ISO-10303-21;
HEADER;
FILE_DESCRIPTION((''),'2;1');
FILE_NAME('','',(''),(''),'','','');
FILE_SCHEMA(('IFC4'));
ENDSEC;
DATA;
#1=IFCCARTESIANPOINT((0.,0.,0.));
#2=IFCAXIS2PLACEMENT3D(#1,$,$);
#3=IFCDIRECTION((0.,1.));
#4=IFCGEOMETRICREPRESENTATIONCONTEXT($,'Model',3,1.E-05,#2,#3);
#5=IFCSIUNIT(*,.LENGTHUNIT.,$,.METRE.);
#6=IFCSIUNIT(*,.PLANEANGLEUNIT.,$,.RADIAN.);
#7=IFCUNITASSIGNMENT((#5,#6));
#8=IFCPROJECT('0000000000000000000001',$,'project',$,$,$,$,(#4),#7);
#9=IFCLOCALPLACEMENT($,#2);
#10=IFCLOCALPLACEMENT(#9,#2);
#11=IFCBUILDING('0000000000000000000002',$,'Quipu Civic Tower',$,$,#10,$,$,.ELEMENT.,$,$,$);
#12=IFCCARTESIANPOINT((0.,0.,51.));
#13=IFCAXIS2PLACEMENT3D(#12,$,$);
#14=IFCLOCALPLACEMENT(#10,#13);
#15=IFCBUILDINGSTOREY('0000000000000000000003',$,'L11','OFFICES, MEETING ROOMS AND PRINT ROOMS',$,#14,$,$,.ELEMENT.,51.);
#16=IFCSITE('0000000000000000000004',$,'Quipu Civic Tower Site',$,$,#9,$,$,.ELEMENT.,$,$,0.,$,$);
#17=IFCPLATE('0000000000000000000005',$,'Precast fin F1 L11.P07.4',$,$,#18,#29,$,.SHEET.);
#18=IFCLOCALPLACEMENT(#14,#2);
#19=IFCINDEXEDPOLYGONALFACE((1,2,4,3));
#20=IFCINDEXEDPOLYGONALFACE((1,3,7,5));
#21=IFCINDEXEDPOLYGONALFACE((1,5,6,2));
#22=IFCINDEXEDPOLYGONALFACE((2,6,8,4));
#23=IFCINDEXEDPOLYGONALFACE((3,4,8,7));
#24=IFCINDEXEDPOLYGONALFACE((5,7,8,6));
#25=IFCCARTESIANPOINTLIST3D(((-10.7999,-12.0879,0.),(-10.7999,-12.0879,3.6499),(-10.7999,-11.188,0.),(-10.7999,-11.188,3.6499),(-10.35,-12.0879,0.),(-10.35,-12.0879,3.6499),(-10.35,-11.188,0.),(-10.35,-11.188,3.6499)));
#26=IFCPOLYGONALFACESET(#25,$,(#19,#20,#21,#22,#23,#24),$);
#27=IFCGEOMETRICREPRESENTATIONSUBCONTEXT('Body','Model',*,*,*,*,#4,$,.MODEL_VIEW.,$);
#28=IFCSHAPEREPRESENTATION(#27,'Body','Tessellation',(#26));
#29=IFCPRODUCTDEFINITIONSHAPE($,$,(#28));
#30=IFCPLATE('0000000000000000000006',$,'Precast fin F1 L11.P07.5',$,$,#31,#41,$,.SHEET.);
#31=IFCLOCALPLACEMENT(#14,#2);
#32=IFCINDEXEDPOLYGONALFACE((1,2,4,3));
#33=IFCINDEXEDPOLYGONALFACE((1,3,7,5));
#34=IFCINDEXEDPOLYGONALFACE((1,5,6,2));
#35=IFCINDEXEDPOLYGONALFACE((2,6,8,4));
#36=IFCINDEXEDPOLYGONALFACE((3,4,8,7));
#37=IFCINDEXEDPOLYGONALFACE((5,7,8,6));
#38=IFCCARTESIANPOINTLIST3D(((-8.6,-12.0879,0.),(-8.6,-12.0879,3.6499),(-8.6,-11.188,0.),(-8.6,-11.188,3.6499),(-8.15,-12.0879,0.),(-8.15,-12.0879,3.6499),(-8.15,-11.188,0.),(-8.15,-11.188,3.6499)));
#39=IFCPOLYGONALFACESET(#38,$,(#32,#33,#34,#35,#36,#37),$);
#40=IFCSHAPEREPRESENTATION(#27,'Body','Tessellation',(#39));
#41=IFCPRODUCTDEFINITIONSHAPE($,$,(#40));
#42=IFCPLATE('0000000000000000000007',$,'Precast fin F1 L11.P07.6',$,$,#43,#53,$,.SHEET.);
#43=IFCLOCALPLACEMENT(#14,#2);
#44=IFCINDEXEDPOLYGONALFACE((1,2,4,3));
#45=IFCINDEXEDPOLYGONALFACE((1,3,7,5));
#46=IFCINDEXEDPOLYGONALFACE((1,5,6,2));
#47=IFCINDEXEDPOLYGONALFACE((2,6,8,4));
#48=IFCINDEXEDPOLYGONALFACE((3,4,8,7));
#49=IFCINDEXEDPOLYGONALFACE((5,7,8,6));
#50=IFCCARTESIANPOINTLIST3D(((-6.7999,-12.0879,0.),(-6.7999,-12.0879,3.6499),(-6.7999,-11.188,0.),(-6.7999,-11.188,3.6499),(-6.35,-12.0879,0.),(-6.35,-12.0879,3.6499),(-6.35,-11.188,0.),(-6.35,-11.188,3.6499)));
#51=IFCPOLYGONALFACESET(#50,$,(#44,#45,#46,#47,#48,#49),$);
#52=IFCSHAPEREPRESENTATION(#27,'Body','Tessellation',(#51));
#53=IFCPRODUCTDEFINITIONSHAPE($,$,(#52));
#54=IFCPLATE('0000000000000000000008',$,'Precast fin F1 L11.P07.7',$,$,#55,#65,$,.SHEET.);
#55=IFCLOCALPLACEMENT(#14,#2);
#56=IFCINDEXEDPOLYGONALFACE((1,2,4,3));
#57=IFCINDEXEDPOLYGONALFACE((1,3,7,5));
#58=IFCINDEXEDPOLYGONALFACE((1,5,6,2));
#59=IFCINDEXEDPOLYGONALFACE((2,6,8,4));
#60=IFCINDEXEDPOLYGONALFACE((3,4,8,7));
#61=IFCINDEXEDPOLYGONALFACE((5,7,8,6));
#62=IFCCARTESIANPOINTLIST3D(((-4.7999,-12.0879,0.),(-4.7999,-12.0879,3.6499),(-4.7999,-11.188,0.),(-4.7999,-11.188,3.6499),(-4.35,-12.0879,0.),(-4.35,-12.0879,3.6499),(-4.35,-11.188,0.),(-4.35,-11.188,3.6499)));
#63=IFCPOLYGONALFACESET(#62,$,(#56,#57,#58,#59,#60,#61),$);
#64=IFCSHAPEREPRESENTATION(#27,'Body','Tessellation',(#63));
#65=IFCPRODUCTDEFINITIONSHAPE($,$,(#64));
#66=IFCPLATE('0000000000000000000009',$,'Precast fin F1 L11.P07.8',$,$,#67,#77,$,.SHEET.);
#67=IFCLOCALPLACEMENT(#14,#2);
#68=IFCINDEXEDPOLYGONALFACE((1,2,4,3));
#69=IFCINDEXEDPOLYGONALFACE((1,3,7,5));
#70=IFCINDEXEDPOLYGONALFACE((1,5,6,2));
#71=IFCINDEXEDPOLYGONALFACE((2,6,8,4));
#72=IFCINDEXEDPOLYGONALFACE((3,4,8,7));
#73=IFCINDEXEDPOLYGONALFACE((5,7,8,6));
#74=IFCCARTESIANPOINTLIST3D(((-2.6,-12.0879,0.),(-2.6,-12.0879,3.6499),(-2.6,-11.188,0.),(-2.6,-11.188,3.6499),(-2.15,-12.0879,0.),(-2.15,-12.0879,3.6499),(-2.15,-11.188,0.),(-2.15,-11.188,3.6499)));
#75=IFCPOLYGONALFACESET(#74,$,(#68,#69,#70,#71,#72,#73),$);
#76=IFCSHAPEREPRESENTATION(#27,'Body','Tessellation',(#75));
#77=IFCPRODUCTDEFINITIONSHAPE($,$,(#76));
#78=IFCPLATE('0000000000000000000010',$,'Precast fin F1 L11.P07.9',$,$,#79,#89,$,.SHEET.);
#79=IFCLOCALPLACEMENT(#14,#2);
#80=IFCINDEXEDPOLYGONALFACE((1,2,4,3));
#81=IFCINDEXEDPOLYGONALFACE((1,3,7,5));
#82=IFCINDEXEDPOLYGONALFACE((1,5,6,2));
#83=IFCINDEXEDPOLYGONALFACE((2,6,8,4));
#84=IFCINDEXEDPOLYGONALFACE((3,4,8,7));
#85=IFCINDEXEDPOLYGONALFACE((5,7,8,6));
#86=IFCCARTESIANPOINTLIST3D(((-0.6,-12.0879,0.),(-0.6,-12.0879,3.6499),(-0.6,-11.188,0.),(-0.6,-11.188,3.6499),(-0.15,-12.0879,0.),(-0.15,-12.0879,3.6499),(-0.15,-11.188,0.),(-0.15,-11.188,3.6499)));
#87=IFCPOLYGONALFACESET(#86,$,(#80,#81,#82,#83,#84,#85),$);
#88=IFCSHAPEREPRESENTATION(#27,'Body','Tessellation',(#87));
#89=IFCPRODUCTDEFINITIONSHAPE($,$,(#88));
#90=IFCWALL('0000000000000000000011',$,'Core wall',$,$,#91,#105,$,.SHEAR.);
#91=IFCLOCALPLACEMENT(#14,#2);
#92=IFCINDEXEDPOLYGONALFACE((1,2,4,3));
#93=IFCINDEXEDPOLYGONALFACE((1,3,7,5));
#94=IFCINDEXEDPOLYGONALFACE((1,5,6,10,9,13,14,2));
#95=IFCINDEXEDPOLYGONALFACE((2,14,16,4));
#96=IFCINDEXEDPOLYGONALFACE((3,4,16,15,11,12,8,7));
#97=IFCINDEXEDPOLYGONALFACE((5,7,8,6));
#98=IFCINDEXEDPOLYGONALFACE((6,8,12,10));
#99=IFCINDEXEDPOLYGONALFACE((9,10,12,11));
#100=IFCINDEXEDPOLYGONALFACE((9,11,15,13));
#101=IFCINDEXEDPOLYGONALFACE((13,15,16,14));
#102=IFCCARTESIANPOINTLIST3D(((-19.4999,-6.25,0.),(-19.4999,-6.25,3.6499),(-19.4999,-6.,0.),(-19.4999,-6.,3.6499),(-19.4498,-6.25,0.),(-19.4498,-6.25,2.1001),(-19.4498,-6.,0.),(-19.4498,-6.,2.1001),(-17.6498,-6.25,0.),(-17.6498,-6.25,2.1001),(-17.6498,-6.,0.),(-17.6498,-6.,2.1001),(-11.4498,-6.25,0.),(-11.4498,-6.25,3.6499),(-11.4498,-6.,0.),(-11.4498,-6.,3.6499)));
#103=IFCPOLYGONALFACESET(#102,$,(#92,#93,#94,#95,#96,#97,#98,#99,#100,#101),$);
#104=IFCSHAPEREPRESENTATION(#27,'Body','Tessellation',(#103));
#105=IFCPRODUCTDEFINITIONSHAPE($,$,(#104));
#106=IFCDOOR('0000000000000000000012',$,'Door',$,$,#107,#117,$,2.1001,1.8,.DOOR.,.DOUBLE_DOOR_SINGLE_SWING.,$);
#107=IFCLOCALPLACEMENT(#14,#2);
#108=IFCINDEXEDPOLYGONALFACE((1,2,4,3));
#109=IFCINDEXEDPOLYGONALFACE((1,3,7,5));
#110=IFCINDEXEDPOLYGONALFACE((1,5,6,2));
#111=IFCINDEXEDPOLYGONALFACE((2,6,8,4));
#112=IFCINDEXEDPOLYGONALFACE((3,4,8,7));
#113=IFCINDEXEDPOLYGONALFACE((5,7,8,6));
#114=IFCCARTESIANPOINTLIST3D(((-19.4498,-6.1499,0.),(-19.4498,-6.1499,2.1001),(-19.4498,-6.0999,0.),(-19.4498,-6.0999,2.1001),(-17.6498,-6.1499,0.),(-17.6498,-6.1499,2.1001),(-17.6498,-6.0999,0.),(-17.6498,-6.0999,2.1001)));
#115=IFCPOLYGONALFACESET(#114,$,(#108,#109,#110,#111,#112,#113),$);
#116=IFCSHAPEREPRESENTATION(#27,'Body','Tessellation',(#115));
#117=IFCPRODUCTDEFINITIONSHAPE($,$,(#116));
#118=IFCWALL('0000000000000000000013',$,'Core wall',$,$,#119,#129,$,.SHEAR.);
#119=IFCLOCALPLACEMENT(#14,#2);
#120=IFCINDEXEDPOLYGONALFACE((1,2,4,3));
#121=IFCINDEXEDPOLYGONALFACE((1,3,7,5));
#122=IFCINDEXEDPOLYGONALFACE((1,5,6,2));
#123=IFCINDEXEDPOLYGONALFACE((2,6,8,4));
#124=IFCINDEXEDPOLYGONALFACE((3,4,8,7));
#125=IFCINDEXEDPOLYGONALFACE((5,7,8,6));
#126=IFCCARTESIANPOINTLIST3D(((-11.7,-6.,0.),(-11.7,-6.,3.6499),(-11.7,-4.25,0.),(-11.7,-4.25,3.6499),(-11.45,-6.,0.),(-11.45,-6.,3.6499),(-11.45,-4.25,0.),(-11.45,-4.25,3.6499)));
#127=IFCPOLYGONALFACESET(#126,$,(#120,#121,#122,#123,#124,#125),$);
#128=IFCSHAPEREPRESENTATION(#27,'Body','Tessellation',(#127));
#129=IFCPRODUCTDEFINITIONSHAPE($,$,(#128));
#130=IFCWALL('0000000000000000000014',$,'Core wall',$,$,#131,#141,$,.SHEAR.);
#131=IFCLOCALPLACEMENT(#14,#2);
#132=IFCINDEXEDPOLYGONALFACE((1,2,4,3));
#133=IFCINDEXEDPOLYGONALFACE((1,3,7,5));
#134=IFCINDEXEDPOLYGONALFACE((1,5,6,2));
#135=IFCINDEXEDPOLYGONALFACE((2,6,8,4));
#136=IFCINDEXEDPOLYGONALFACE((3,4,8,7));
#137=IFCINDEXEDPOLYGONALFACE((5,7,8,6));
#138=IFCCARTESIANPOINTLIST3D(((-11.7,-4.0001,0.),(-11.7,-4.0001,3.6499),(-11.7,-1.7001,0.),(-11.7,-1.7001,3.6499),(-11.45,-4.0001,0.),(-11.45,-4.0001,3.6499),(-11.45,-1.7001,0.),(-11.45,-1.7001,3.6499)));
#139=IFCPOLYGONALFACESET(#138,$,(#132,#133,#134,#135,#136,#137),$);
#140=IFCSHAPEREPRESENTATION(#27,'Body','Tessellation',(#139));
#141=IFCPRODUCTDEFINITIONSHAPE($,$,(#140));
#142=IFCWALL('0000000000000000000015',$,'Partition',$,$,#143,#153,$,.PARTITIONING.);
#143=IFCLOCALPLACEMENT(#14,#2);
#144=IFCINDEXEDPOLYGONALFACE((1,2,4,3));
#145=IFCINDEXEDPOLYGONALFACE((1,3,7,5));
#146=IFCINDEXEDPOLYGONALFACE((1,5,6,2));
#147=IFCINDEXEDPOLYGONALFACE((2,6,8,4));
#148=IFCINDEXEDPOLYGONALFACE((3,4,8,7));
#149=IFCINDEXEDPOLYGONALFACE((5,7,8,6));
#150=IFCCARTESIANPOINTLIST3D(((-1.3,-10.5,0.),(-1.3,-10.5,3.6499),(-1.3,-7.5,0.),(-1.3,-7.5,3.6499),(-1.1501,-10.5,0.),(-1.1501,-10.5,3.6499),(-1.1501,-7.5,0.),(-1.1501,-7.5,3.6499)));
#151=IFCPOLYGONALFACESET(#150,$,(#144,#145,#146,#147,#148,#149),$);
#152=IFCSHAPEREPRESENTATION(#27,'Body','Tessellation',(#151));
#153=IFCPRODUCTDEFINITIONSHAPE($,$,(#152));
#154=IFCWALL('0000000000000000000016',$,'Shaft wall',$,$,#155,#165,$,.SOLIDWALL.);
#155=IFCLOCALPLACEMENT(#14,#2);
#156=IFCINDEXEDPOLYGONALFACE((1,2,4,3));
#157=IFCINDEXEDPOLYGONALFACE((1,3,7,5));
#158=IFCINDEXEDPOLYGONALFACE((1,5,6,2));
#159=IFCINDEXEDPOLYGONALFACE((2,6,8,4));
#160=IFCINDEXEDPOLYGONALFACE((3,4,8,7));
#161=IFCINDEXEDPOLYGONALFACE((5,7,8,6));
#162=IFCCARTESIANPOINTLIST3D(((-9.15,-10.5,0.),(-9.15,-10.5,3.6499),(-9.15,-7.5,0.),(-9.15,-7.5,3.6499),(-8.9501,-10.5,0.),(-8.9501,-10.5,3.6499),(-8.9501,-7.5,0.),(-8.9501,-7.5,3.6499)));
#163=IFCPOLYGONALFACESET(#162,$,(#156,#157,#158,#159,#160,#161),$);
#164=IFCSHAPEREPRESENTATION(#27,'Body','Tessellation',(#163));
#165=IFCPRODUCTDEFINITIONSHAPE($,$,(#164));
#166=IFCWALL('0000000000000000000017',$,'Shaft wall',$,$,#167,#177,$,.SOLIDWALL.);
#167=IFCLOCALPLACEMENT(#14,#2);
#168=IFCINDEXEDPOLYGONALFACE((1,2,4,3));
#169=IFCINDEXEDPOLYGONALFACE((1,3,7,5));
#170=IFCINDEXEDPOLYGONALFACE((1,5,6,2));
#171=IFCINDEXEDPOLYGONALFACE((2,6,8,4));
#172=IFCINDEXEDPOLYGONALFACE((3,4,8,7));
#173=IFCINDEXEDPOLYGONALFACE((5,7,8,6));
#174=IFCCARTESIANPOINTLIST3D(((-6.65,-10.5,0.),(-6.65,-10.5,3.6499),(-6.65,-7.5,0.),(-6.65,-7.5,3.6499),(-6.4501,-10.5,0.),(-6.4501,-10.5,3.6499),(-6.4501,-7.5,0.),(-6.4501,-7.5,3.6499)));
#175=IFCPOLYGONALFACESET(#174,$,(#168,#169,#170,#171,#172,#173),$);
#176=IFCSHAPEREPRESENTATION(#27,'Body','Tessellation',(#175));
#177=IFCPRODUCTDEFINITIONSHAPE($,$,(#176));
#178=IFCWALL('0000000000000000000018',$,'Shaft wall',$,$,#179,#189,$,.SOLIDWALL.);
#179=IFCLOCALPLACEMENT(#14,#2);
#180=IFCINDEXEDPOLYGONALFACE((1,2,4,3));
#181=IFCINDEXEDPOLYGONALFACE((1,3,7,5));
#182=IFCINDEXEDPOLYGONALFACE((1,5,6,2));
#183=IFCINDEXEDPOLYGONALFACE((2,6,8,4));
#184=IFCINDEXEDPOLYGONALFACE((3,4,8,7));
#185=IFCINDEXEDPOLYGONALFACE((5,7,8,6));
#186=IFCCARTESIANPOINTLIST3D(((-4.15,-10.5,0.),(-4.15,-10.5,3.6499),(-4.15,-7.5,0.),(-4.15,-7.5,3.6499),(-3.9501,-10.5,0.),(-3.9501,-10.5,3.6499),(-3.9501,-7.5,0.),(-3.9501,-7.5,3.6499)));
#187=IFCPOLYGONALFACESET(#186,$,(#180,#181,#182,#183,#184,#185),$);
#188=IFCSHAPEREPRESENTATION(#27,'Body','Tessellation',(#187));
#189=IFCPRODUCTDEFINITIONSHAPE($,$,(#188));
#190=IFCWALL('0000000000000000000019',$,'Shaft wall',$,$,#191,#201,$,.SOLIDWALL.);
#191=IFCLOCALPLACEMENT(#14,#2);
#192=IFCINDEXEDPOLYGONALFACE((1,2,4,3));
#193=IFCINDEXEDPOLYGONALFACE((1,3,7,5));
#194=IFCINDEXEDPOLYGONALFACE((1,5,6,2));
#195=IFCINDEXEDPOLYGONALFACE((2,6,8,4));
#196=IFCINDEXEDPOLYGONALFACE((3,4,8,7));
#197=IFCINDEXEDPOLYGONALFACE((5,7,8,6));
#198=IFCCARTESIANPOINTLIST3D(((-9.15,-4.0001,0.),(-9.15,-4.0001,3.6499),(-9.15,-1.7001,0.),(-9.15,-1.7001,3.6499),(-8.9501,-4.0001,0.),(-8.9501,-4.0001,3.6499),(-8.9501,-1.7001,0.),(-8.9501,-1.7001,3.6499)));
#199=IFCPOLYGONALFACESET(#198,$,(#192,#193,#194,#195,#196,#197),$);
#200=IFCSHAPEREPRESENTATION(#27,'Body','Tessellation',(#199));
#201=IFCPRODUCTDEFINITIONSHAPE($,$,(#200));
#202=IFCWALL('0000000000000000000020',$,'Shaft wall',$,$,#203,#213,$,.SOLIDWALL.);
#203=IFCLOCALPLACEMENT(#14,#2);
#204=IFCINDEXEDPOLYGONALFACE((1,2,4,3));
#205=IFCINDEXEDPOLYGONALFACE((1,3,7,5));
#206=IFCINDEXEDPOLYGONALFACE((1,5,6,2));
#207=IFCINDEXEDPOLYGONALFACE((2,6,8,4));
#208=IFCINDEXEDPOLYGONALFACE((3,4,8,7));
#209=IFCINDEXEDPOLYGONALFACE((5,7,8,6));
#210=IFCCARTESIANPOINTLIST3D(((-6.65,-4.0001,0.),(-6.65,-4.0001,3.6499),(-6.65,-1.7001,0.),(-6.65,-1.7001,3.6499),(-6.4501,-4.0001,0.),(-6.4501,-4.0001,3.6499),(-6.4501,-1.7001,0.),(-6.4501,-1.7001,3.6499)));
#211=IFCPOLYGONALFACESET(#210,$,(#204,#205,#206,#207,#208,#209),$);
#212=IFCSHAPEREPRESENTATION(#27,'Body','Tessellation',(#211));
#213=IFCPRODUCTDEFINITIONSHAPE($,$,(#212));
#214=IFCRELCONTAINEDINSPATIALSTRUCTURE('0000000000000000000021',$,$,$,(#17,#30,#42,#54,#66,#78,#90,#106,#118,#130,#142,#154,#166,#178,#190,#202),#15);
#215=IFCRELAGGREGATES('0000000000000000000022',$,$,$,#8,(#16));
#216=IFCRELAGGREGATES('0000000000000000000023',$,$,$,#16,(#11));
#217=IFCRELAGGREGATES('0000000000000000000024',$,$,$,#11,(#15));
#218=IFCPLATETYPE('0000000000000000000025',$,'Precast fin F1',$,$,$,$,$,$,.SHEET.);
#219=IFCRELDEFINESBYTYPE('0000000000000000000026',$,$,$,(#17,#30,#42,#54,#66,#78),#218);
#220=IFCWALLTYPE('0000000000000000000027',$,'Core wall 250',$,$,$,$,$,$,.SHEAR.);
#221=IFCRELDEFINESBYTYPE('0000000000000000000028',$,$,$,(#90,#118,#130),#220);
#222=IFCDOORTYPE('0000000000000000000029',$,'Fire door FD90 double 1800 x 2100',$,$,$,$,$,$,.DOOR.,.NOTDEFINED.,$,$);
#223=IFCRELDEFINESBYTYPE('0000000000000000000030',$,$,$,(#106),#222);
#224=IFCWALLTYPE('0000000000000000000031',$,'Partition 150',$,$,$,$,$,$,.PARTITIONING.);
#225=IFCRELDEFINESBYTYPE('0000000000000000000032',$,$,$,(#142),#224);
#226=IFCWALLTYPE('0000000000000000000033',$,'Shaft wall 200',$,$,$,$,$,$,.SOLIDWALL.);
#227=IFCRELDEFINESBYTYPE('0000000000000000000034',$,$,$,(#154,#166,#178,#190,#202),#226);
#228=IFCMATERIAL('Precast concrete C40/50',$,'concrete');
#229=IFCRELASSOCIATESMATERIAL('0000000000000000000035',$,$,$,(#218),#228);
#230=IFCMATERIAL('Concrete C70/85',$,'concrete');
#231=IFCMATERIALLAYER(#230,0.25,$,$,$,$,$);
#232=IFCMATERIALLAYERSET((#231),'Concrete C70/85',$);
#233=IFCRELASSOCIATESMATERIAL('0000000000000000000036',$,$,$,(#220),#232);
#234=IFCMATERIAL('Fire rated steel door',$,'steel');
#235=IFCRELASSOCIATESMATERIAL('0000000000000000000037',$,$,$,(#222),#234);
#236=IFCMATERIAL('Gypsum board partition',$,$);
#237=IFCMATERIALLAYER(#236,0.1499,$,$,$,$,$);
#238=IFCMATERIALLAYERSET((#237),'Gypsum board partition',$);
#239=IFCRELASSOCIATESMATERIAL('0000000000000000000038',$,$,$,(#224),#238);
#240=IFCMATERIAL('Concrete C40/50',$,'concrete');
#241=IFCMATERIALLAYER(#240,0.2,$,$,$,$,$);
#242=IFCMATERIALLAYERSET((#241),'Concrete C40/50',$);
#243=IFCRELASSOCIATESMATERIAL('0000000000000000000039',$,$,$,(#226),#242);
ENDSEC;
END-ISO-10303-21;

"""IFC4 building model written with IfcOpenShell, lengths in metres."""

from ifc_helpers import new_model, si_unit, direction, frame, frame_2d, origin, origin_2d, place, context, subcontext, project, spatial, rectangle, extrude, material, layer, layer_set, type_object, element, fill, save


model = new_model("IFC4")

# Units and contexts
model_context = context("Model", 3, precision=1e-05, world=origin(), true_north=direction((0.0, 1.0)))
body_context = subcontext(model_context, "Body", "Model", "MODEL_VIEW")
ifc_project = project(units=[si_unit("LENGTHUNIT", "METRE"), si_unit("PLANEANGLEUNIT", "RADIAN")], contexts=[model_context])

# Site, building, storey
site_placement = place(None, origin())
site = spatial("IfcSite", under=ifc_project, at=site_placement, Name="Quipu Civic Tower Site", CompositionType="ELEMENT", RefElevation=0.0)
building_placement = place(site_placement, origin())
building = spatial("IfcBuilding", under=site, at=building_placement, Name="Quipu Civic Tower", CompositionType="ELEMENT")
storey_placement = place(building_placement, frame((0.0, 0.0, 51.0)))
storey = spatial("IfcBuildingStorey", under=building, at=storey_placement, Name="L11", Description="OFFICES, MEETING ROOMS AND PRINT ROOMS", CompositionType="ELEMENT", Elevation=51.0)

# Plates
ifc_material_1 = material(Name="Precast concrete C40/50", Category="concrete")
plate_type = type_object("IfcPlateType", Name="Precast fin F1", PredefinedType="SHEET", material=ifc_material_1)
for number, where, z_axis, x_axis, name in (
    (1, (-10.575, -11.6379, 0.0), (0.0, 0.0, 1.0), (1.0, 0.0, 0.0), "Precast fin F1 L11.P07.4"),
    (2, (-8.375, -11.6379, 0.0), (0.0, 0.0, 1.0), (1.0, 0.0, 0.0), "Precast fin F1 L11.P07.5"),
    (3, (-6.575, -11.6379, 0.0), (0.0, 0.0, 1.0), (1.0, 0.0, 0.0), "Precast fin F1 L11.P07.6"),
    (4, (-4.575, -11.6379, 0.0), (0.0, 0.0, 1.0), (1.0, 0.0, 0.0), "Precast fin F1 L11.P07.7"),
    (5, (-2.375, -11.6379, 0.0), (0.0, 0.0, 1.0), (1.0, 0.0, 0.0), "Precast fin F1 L11.P07.8"),
    (6, (-0.375, -11.6379, 0.0), (0.0, 0.0, 1.0), (1.0, 0.0, 0.0), "Precast fin F1 L11.P07.9"),
):
    element("IfcPlate", number, at=place(storey_placement, frame(where, z_axis=z_axis, x_axis=x_axis)), inside=storey, type_object=plate_type, Name=name, PredefinedType="SHEET", context=body_context, shape_type="SweptSolid", body=[
        extrude(rectangle(XDim=0.45, YDim=0.8999, at=origin_2d()), origin(), (0.0, 0.0, 1.0), 3.6499),
    ])

# Wall, opening, door
ifc_material_2 = material(Name="Concrete C70/85", Category="concrete")
ifc_layer_1 = layer(ifc_material_2, 0.25)
ifc_layer_set_1 = layer_set([ifc_layer_1], Name="Concrete C70/85")
wall_type_1 = type_object("IfcWallType", Name="Core wall 250", PredefinedType="SHEAR", material=ifc_layer_set_1)
wall_1_placement = place(storey_placement, frame((-11.45, -6.125, 0.0), z_axis=(0.0, 0.0, 1.0), x_axis=(-1.0, 0.0, 0.0)))
wall_1 = element("IfcWall", 7, at=wall_1_placement, inside=storey, type_object=wall_type_1, Name="Core wall", PredefinedType="SHEAR", context=body_context, shape_type="SweptSolid", body=[
    extrude(rectangle(XDim=8.05, YDim=0.25, at=frame_2d((4.0249, 0.0))), origin(), (0.0, 0.0, 1.0), 3.6499),
])
opening_placement = place(wall_1_placement, frame((6.2, 0.0, 0.0)))
opening = element("IfcOpeningElement", 8, at=opening_placement, cuts=wall_1, PredefinedType="OPENING", context=body_context, shape_type="SweptSolid", body=[
    extrude(rectangle(XDim=1.8, YDim=2.1001, at=frame_2d((0.8999, 1.05))), frame((0.0, 0.135, 0.0), z_axis=(0.0, -1.0, 0.0), x_axis=(1.0, 0.0, 0.0)), (0.0, 0.0, 1.0), 0.27),
])
ifc_material_3 = material(Name="Fire rated steel door", Category="steel")
door_type = type_object("IfcDoorType", Name="Fire door FD90 double 1800 x 2100", OperationType="NOTDEFINED", PredefinedType="DOOR", material=ifc_material_3)
door_placement = place(opening_placement, origin())
door = element("IfcDoor", 9, at=door_placement, inside=storey, type_object=door_type, Name="Door", OperationType="DOUBLE_DOOR_SINGLE_SWING", OverallHeight=2.1001, OverallWidth=1.8, PredefinedType="DOOR", context=body_context, shape_type="SweptSolid", body=[
    extrude(rectangle(XDim=1.8, YDim=2.1001, at=frame_2d((0.8999, 1.05))), frame((0.0, 0.0249, 0.0), z_axis=(0.0, -1.0, 0.0), x_axis=(1.0, 0.0, 0.0)), (0.0, 0.0, 1.0), 0.05),
])
fill(opening, door)

# Walls
wall_2_placement = place(storey_placement, frame((-11.575, -6.0, 0.0), z_axis=(0.0, 0.0, 1.0), x_axis=(0.0, 1.0, 0.0)))
element("IfcWall", 10, at=wall_2_placement, inside=storey, type_object=wall_type_1, Name="Core wall", PredefinedType="SHEAR", context=body_context, shape_type="SweptSolid", body=[
    extrude(rectangle(XDim=1.75, YDim=0.25, at=frame_2d((0.875, 0.0))), origin(), (0.0, 0.0, 1.0), 3.6499),
])
wall_3_placement = place(storey_placement, frame((-11.575, -4.0, 0.0), z_axis=(0.0, 0.0, 1.0), x_axis=(0.0, 1.0, 0.0)))
element("IfcWall", 11, at=wall_3_placement, inside=storey, type_object=wall_type_1, Name="Core wall", PredefinedType="SHEAR", context=body_context, shape_type="SweptSolid", body=[
    extrude(rectangle(XDim=2.3, YDim=0.25, at=frame_2d((1.1499, 0.0))), origin(), (0.0, 0.0, 1.0), 3.6499),
])
ifc_material_4 = material(Name="Gypsum board partition")
ifc_layer_2 = layer(ifc_material_4, 0.1499)
ifc_layer_set_2 = layer_set([ifc_layer_2], Name="Gypsum board partition")
wall_type_2 = type_object("IfcWallType", Name="Partition 150", PredefinedType="PARTITIONING", material=ifc_layer_set_2)
wall_4_placement = place(storey_placement, frame((-1.2251, -10.5, 0.0), z_axis=(0.0, 0.0, 1.0), x_axis=(0.0, 1.0, 0.0)))
element("IfcWall", 12, at=wall_4_placement, inside=storey, type_object=wall_type_2, Name="Partition", PredefinedType="PARTITIONING", context=body_context, shape_type="SweptSolid", body=[
    extrude(rectangle(XDim=3.0, YDim=0.1499, at=frame_2d((1.5, 0.0))), origin(), (0.0, 0.0, 1.0), 3.6499),
])
ifc_material_5 = material(Name="Concrete C40/50", Category="concrete")
ifc_layer_3 = layer(ifc_material_5, 0.2)
ifc_layer_set_3 = layer_set([ifc_layer_3], Name="Concrete C40/50")
wall_type_3 = type_object("IfcWallType", Name="Shaft wall 200", PredefinedType="SOLIDWALL", material=ifc_layer_set_3)
for number, where, z_axis, x_axis, name in (
    (13, (-9.05, -10.5, 0.0), (0.0, 0.0, 1.0), (0.0, 1.0, 0.0), "Shaft wall"),
    (14, (-6.55, -10.5, 0.0), (0.0, 0.0, 1.0), (0.0, 1.0, 0.0), "Shaft wall"),
    (15, (-4.05, -10.5, 0.0), (0.0, 0.0, 1.0), (0.0, 1.0, 0.0), "Shaft wall"),
):
    element("IfcWall", number, at=place(storey_placement, frame(where, z_axis=z_axis, x_axis=x_axis)), inside=storey, type_object=wall_type_3, Name=name, PredefinedType="SOLIDWALL", context=body_context, shape_type="SweptSolid", body=[
        extrude(rectangle(XDim=3.0, YDim=0.2, at=frame_2d((1.5, 0.0))), origin(), (0.0, 0.0, 1.0), 3.6499),
    ])
for number, where, z_axis, x_axis, name in (
    (16, (-9.05, -4.0, 0.0), (0.0, 0.0, 1.0), (0.0, 1.0, 0.0), "Shaft wall"),
    (17, (-6.55, -4.0, 0.0), (0.0, 0.0, 1.0), (0.0, 1.0, 0.0), "Shaft wall"),
):
    element("IfcWall", number, at=place(storey_placement, frame(where, z_axis=z_axis, x_axis=x_axis)), inside=storey, type_object=wall_type_3, Name=name, PredefinedType="SOLIDWALL", context=body_context, shape_type="SweptSolid", body=[
        extrude(rectangle(XDim=2.3, YDim=0.2, at=frame_2d((1.1499, 0.0))), origin(), (0.0, 0.0, 1.0), 3.6499),
    ])

save(model, "model.ifc")
